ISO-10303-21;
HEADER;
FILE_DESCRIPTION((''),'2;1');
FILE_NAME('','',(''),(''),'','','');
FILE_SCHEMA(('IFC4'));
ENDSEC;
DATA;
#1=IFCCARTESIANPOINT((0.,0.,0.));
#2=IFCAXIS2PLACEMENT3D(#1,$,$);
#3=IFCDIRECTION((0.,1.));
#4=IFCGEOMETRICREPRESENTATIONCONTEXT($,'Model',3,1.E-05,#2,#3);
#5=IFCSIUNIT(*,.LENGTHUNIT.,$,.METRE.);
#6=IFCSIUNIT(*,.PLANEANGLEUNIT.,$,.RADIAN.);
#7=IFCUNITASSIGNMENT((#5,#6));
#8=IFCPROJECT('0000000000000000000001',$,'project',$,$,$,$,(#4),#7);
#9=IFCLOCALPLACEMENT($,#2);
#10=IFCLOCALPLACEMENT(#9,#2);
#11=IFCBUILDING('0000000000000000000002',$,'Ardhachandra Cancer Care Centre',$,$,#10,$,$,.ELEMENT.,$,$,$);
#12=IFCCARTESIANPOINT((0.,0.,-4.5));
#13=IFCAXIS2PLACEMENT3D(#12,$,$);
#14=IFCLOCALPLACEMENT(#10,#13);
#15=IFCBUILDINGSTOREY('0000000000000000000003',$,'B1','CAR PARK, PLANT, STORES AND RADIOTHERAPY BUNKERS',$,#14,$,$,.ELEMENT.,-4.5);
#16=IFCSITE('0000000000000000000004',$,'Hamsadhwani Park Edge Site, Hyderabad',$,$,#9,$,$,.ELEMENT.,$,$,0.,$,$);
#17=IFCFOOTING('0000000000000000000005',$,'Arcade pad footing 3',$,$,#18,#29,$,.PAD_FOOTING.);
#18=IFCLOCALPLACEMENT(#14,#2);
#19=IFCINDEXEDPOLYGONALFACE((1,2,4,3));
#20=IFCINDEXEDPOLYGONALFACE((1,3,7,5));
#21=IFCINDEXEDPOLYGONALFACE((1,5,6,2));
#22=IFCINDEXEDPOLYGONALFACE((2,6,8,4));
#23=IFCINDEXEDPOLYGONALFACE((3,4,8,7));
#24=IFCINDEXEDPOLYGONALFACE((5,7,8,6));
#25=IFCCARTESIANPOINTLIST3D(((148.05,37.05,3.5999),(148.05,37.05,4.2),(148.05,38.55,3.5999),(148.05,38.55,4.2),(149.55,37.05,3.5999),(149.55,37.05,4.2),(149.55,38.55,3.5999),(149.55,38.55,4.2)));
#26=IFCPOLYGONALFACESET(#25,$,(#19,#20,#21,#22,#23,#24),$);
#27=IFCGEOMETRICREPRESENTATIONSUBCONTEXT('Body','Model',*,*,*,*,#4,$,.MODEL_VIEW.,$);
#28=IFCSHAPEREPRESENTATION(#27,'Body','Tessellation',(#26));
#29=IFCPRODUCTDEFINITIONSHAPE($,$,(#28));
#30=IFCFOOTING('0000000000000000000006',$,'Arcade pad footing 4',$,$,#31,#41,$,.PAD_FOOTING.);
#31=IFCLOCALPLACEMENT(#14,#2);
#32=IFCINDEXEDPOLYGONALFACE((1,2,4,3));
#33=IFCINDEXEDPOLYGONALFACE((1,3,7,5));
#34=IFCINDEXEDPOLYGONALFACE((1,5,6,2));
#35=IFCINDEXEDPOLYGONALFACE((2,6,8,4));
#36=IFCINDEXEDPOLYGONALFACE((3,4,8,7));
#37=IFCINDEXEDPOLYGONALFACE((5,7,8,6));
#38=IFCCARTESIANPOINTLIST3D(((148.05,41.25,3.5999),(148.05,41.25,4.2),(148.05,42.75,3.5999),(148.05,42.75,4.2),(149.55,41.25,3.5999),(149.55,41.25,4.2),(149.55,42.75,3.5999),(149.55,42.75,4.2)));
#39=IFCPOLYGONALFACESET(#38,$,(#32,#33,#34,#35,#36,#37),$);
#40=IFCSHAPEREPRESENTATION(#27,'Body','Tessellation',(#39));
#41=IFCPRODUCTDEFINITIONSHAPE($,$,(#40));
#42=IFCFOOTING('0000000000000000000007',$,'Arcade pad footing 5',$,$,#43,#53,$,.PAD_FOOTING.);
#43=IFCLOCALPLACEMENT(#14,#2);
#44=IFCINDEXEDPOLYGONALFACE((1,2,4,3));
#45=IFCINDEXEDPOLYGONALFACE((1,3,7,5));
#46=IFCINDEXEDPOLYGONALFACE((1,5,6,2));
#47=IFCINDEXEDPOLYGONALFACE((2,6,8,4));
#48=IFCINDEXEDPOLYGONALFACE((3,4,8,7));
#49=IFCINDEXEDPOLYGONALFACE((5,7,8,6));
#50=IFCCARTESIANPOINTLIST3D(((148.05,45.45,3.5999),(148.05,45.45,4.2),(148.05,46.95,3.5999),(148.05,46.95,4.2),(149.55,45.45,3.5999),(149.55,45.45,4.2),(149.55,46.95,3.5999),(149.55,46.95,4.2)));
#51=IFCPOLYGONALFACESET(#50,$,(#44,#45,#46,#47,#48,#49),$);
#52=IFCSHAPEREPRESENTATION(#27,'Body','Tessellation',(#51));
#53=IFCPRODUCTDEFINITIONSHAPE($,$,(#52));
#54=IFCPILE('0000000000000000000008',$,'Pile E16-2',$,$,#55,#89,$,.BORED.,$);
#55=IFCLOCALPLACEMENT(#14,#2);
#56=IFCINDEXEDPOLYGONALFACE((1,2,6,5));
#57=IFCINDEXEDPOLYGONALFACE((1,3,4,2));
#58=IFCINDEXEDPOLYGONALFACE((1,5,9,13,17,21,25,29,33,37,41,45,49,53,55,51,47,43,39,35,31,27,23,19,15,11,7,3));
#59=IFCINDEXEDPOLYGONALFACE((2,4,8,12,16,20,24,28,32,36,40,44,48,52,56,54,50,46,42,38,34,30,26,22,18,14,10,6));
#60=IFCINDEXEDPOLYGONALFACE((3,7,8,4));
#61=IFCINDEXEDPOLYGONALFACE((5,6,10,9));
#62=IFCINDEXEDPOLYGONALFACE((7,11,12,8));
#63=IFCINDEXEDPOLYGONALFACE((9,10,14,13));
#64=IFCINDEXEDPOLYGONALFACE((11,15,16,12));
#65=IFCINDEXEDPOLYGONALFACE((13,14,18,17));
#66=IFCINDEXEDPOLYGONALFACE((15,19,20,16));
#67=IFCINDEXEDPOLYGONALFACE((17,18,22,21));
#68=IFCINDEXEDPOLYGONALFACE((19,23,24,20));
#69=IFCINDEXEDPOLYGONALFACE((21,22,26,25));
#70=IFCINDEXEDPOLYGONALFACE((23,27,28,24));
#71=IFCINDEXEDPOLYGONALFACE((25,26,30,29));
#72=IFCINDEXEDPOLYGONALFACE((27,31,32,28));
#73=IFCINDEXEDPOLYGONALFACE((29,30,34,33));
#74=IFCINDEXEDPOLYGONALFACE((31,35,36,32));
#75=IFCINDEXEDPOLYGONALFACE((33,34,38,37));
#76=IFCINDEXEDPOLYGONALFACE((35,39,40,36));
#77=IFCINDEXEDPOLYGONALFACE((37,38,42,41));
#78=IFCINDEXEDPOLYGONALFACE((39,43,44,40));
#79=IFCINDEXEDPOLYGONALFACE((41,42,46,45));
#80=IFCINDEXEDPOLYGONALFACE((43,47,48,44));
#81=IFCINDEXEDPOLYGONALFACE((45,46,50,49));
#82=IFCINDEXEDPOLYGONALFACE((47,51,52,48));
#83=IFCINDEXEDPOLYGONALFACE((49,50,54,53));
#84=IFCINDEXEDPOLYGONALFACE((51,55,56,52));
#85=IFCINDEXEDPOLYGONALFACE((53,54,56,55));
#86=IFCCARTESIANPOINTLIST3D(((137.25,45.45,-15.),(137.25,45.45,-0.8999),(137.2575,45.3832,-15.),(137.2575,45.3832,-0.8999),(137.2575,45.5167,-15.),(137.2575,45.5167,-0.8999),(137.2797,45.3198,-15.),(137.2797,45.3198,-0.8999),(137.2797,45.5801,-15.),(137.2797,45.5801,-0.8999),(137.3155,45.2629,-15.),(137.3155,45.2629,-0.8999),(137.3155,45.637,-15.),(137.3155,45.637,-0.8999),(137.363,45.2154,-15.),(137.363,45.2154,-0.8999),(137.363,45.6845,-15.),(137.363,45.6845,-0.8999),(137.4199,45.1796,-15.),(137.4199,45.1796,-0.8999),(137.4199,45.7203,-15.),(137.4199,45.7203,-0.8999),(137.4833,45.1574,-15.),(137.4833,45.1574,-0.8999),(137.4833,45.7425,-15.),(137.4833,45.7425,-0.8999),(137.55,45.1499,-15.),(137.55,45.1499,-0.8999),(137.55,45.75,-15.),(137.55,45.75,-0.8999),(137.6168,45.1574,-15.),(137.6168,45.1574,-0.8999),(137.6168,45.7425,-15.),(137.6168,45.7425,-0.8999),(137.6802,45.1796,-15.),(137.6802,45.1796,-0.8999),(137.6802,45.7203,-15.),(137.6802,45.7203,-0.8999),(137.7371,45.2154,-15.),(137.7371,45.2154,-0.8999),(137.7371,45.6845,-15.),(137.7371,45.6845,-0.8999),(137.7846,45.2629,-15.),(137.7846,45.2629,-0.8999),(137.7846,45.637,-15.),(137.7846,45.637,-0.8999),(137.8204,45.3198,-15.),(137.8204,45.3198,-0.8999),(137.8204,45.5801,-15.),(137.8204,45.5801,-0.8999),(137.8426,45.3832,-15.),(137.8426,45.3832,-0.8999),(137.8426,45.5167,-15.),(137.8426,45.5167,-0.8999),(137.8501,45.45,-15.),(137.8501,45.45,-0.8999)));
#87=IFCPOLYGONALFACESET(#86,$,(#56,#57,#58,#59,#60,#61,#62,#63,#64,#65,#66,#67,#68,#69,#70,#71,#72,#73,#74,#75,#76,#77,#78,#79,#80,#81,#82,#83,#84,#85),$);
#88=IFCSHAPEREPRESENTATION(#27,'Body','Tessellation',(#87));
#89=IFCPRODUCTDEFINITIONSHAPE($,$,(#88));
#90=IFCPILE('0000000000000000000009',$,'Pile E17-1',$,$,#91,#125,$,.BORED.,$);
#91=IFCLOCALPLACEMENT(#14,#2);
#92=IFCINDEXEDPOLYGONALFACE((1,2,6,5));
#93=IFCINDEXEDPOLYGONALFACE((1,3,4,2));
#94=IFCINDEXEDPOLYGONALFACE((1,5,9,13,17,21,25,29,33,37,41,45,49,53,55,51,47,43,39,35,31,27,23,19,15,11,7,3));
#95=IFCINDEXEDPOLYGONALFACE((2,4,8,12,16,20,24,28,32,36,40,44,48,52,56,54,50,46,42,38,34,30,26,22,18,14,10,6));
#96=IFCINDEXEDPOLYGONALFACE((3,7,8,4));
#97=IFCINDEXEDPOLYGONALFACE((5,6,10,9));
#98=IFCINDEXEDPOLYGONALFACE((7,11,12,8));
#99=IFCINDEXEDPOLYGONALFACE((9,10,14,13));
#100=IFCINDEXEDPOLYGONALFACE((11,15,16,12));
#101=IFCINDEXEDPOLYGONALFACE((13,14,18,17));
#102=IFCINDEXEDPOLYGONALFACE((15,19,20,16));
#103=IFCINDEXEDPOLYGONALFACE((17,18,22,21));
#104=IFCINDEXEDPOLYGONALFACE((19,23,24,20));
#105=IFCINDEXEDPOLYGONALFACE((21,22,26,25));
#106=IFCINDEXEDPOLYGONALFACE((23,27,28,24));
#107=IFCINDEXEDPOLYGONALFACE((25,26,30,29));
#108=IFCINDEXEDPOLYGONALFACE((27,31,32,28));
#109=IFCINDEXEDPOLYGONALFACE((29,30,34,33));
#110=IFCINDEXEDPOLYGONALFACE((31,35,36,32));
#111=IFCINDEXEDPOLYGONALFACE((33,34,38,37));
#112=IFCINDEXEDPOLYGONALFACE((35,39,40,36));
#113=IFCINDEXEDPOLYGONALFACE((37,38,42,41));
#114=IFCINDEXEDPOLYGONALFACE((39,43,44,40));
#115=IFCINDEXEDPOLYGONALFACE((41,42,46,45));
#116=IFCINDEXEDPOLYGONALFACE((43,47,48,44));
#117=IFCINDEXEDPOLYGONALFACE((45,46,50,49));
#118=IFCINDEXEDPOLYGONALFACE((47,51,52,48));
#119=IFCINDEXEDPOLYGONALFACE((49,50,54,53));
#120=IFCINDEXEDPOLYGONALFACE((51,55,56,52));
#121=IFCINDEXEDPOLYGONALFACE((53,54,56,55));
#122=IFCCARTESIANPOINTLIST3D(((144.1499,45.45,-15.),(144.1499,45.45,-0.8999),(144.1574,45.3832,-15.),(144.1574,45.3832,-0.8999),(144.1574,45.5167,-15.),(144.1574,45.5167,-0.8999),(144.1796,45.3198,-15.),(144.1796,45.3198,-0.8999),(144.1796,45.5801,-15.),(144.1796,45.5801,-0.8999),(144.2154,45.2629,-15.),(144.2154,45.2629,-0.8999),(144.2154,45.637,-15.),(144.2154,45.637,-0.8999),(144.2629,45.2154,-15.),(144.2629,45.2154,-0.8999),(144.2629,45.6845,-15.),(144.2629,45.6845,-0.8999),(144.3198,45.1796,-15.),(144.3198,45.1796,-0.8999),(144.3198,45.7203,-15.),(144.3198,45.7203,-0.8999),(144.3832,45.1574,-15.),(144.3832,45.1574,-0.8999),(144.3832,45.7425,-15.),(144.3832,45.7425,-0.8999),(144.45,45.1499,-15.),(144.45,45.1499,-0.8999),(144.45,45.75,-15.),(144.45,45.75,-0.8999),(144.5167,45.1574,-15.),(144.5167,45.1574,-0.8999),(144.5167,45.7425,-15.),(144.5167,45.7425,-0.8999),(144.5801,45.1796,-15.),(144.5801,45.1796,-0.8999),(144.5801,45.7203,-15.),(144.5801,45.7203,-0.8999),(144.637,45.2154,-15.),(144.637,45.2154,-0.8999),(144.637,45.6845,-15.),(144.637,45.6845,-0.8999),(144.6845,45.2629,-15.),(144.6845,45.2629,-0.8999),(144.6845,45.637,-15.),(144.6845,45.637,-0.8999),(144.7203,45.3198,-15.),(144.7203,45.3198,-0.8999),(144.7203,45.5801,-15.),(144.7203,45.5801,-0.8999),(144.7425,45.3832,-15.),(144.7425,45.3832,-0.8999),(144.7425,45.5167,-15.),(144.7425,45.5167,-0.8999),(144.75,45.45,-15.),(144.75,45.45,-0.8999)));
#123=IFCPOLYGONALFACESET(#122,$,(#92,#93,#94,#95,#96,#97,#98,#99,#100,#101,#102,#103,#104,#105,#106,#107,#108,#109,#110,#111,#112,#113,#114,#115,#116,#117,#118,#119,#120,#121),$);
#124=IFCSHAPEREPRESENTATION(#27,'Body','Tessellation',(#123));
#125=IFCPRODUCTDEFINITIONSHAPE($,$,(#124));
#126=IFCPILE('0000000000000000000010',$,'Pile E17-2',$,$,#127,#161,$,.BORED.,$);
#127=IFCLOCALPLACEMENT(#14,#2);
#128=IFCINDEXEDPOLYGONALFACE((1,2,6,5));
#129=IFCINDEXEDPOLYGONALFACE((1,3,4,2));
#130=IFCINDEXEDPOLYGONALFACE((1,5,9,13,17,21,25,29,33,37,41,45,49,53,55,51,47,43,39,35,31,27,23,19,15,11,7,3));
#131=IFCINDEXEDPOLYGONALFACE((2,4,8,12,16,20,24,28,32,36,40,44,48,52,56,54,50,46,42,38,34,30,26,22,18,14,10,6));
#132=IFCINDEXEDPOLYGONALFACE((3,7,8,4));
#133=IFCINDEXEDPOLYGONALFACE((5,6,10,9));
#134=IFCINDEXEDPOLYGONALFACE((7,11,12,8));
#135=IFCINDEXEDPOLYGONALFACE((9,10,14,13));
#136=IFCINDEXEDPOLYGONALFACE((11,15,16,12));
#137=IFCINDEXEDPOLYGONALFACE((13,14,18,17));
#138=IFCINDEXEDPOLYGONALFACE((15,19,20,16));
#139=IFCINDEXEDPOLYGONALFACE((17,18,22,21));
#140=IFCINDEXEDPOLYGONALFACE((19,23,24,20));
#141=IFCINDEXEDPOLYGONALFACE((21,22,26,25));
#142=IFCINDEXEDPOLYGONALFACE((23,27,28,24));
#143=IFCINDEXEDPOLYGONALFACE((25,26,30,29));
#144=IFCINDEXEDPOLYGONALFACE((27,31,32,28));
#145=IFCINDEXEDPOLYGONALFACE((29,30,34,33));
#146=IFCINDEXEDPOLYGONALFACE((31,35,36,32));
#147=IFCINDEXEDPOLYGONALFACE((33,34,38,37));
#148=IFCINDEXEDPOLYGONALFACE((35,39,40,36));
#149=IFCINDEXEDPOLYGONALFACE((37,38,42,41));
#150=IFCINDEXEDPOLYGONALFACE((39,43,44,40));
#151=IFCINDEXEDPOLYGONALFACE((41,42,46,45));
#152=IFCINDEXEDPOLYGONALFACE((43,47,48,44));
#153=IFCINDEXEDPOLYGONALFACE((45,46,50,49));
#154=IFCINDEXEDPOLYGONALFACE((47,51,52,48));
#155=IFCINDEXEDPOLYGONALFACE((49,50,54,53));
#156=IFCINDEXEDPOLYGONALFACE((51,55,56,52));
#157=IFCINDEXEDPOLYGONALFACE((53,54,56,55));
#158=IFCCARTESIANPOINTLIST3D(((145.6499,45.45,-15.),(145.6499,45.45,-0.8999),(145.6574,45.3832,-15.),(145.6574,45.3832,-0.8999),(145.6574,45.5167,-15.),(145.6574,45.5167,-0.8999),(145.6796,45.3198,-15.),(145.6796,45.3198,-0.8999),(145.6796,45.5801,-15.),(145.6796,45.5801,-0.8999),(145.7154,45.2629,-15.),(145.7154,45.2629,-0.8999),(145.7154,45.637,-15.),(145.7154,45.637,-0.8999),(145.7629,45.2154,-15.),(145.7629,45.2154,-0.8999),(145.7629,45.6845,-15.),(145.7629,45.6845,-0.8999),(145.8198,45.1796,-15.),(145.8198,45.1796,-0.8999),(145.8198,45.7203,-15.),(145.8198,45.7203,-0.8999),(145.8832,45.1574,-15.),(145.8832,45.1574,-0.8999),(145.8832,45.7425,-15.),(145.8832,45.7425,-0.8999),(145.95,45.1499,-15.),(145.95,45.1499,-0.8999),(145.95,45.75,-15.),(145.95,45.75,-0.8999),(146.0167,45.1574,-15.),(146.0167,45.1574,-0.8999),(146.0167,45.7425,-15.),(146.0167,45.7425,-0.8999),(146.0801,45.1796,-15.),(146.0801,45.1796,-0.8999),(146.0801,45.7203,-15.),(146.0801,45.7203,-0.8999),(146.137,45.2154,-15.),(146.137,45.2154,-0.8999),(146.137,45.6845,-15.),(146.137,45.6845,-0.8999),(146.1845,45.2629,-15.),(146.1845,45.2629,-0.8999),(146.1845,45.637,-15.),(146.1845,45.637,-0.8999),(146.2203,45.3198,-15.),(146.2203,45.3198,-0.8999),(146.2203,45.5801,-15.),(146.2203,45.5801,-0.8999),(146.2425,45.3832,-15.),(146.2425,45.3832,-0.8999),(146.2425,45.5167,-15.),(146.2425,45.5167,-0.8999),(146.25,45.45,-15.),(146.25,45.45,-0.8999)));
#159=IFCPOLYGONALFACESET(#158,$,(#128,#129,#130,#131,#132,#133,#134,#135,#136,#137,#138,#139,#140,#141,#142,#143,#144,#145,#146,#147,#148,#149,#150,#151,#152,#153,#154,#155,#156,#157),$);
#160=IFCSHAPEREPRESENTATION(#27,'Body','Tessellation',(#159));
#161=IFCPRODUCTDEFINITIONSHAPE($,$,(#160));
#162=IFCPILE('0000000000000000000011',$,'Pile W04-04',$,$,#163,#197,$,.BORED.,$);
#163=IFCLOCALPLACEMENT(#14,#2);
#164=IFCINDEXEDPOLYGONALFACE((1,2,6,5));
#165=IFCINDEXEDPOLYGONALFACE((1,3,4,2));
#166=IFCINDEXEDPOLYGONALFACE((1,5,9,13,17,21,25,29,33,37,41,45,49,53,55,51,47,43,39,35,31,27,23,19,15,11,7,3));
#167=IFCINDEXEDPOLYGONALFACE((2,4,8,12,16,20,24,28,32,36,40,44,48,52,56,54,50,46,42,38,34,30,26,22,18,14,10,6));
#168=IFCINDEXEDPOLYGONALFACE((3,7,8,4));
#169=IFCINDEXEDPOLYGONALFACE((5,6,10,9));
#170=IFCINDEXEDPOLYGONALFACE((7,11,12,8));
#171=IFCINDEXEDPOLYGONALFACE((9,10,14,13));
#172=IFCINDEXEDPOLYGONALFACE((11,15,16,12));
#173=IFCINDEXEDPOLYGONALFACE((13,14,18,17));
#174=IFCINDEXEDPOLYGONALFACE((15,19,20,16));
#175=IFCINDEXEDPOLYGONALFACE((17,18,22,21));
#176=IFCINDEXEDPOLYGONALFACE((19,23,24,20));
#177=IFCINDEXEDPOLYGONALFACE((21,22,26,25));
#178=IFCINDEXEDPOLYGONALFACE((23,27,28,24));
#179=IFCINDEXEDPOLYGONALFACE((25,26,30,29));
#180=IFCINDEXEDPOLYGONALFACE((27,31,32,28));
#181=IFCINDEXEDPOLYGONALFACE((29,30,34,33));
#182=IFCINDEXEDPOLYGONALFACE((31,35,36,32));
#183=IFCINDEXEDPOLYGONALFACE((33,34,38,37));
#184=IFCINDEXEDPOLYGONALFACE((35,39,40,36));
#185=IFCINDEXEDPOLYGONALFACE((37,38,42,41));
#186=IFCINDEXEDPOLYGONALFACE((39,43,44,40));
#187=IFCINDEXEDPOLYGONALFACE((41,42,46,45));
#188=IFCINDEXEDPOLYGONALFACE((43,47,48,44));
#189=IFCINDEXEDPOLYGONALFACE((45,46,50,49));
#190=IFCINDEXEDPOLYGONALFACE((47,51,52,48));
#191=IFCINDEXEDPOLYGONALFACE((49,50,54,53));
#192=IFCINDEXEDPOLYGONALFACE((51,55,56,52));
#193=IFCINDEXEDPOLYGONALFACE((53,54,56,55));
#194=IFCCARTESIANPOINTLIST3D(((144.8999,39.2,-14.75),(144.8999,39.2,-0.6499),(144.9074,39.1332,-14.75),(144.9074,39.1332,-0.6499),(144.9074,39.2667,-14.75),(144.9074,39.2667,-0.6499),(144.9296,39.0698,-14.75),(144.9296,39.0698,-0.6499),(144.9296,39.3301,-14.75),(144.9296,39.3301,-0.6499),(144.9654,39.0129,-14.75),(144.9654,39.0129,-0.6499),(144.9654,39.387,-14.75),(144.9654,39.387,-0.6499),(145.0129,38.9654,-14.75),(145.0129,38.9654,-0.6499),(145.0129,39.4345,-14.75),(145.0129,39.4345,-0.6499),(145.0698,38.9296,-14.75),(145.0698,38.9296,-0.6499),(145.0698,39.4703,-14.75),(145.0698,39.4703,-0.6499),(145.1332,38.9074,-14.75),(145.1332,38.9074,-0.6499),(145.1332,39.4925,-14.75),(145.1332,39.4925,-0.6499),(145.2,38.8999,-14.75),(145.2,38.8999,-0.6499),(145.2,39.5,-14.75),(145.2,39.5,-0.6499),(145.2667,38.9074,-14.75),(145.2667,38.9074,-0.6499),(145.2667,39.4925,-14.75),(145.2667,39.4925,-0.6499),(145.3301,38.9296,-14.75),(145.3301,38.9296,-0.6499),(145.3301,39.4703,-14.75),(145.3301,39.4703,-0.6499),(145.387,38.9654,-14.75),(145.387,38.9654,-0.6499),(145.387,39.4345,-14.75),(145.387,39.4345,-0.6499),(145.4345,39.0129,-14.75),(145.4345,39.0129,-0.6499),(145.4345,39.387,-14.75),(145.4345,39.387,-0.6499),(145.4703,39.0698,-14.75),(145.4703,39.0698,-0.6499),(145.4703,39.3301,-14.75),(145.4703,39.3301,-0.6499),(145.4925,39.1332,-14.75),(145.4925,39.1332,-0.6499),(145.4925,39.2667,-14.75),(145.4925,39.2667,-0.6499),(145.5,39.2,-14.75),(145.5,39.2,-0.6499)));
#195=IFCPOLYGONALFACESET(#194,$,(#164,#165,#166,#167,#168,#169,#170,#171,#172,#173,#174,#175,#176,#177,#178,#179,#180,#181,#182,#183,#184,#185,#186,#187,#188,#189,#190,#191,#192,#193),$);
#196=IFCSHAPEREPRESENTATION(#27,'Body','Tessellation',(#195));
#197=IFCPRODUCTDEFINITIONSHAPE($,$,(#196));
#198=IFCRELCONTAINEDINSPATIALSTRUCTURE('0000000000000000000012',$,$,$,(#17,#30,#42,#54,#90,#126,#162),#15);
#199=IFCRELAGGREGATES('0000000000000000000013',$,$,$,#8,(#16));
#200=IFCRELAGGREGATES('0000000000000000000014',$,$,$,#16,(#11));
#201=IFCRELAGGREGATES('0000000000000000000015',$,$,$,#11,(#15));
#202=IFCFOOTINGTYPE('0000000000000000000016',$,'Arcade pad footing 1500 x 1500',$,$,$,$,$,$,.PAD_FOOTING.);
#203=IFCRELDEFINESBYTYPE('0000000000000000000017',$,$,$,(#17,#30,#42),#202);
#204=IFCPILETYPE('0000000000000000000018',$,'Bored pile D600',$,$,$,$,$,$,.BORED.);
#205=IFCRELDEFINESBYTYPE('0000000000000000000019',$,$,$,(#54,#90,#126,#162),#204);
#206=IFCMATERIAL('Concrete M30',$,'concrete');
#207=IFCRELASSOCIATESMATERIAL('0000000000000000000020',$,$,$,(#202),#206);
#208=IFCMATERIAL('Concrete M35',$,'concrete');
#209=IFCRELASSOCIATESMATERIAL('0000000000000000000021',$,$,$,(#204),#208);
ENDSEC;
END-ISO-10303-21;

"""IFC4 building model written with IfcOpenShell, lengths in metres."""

from ifc_helpers import new_model, si_unit, direction, frame, origin, origin_2d, place, context, subcontext, project, spatial, rectangle, circle, extrude, material, material_profile, profile_set, type_object, element, save


model = new_model("IFC4")

# Units and contexts
model_context = context("Model", 3, precision=1e-05, world=origin(), true_north=direction((0.0, 1.0)))
body_context = subcontext(model_context, "Body", "Model", "MODEL_VIEW")
ifc_project = project(units=[si_unit("LENGTHUNIT", "METRE"), si_unit("PLANEANGLEUNIT", "RADIAN")], contexts=[model_context])

# Site, building, storey
site_placement = place(None, origin())
site = spatial("IfcSite", under=ifc_project, at=site_placement, Name="Hamsadhwani Park Edge Site, Hyderabad", CompositionType="ELEMENT", RefElevation=0.0)
building_placement = place(site_placement, origin())
building = spatial("IfcBuilding", under=site, at=building_placement, Name="Ardhachandra Cancer Care Centre", CompositionType="ELEMENT")
storey_placement = place(building_placement, frame((0.0, 0.0, -4.5)))
storey = spatial("IfcBuildingStorey", under=building, at=storey_placement, Name="B1", Description="CAR PARK, PLANT, STORES AND RADIOTHERAPY BUNKERS", CompositionType="ELEMENT", Elevation=-4.5)

# Footings
ifc_material_1 = material(Name="Concrete M30", Category="concrete")
footing_type_1 = type_object("IfcFootingType", Name="Arcade pad footing 1500 x 1500", PredefinedType="PAD_FOOTING", material=ifc_material_1)
for number, where, z_axis, x_axis, name in (
    (1, (148.8, 37.8, 3.5999), (0.0, 0.0, 1.0), (1.0, 0.0, 0.0), "Arcade pad footing 3"),
    (2, (148.8, 42.0, 3.5999), (0.0, 0.0, 1.0), (1.0, 0.0, 0.0), "Arcade pad footing 4"),
    (3, (148.8, 46.2, 3.5999), (0.0, 0.0, 1.0), (1.0, 0.0, 0.0), "Arcade pad footing 5"),
):
    element("IfcFooting", number, at=place(storey_placement, frame(where, z_axis=z_axis, x_axis=x_axis)), inside=storey, type_object=footing_type_1, Name=name, PredefinedType="PAD_FOOTING", context=body_context, shape_type="SweptSolid", body=[
        extrude(rectangle(XDim=1.5, YDim=1.5, at=origin_2d()), origin(), (0.0, 0.0, 1.0), 0.6001),
    ])

# Piles
ifc_material_2 = material(Name="Concrete M35", Category="concrete")
ifc_material_profile_1 = material_profile(ifc_material_2, circle(Radius=0.3, at=origin_2d()), Name="D600")
ifc_profile_set_1 = profile_set([ifc_material_profile_1], Name="Concrete M35")
pile_type_1 = type_object("IfcPileType", Name="Bored pile D600", PredefinedType="BORED", material=ifc_profile_set_1)
for number, where, z_axis, x_axis, name in (
    (4, (137.55, 45.45, -0.8999), (0.0, 0.0, -1.0), (1.0, 0.0, 0.0), "Pile E16-2"),
    (5, (144.45, 45.45, -0.8999), (0.0, 0.0, -1.0), (1.0, 0.0, 0.0), "Pile E17-1"),
    (6, (145.95, 45.45, -0.8999), (0.0, 0.0, -1.0), (1.0, 0.0, 0.0), "Pile E17-2"),
    (7, (145.2, 39.2, -0.6499), (0.0, 0.0, -1.0), (1.0, 0.0, 0.0), "Pile W04-04"),
):
    element("IfcPile", number, at=place(storey_placement, frame(where, z_axis=z_axis, x_axis=x_axis)), inside=storey, type_object=pile_type_1, Name=name, PredefinedType="BORED", context=body_context, shape_type="SweptSolid", body=[
        extrude(circle(Radius=0.3, at=origin_2d()), origin(), (0.0, 0.0, 1.0), 14.1001),
    ])

save(model, "model.ifc")
